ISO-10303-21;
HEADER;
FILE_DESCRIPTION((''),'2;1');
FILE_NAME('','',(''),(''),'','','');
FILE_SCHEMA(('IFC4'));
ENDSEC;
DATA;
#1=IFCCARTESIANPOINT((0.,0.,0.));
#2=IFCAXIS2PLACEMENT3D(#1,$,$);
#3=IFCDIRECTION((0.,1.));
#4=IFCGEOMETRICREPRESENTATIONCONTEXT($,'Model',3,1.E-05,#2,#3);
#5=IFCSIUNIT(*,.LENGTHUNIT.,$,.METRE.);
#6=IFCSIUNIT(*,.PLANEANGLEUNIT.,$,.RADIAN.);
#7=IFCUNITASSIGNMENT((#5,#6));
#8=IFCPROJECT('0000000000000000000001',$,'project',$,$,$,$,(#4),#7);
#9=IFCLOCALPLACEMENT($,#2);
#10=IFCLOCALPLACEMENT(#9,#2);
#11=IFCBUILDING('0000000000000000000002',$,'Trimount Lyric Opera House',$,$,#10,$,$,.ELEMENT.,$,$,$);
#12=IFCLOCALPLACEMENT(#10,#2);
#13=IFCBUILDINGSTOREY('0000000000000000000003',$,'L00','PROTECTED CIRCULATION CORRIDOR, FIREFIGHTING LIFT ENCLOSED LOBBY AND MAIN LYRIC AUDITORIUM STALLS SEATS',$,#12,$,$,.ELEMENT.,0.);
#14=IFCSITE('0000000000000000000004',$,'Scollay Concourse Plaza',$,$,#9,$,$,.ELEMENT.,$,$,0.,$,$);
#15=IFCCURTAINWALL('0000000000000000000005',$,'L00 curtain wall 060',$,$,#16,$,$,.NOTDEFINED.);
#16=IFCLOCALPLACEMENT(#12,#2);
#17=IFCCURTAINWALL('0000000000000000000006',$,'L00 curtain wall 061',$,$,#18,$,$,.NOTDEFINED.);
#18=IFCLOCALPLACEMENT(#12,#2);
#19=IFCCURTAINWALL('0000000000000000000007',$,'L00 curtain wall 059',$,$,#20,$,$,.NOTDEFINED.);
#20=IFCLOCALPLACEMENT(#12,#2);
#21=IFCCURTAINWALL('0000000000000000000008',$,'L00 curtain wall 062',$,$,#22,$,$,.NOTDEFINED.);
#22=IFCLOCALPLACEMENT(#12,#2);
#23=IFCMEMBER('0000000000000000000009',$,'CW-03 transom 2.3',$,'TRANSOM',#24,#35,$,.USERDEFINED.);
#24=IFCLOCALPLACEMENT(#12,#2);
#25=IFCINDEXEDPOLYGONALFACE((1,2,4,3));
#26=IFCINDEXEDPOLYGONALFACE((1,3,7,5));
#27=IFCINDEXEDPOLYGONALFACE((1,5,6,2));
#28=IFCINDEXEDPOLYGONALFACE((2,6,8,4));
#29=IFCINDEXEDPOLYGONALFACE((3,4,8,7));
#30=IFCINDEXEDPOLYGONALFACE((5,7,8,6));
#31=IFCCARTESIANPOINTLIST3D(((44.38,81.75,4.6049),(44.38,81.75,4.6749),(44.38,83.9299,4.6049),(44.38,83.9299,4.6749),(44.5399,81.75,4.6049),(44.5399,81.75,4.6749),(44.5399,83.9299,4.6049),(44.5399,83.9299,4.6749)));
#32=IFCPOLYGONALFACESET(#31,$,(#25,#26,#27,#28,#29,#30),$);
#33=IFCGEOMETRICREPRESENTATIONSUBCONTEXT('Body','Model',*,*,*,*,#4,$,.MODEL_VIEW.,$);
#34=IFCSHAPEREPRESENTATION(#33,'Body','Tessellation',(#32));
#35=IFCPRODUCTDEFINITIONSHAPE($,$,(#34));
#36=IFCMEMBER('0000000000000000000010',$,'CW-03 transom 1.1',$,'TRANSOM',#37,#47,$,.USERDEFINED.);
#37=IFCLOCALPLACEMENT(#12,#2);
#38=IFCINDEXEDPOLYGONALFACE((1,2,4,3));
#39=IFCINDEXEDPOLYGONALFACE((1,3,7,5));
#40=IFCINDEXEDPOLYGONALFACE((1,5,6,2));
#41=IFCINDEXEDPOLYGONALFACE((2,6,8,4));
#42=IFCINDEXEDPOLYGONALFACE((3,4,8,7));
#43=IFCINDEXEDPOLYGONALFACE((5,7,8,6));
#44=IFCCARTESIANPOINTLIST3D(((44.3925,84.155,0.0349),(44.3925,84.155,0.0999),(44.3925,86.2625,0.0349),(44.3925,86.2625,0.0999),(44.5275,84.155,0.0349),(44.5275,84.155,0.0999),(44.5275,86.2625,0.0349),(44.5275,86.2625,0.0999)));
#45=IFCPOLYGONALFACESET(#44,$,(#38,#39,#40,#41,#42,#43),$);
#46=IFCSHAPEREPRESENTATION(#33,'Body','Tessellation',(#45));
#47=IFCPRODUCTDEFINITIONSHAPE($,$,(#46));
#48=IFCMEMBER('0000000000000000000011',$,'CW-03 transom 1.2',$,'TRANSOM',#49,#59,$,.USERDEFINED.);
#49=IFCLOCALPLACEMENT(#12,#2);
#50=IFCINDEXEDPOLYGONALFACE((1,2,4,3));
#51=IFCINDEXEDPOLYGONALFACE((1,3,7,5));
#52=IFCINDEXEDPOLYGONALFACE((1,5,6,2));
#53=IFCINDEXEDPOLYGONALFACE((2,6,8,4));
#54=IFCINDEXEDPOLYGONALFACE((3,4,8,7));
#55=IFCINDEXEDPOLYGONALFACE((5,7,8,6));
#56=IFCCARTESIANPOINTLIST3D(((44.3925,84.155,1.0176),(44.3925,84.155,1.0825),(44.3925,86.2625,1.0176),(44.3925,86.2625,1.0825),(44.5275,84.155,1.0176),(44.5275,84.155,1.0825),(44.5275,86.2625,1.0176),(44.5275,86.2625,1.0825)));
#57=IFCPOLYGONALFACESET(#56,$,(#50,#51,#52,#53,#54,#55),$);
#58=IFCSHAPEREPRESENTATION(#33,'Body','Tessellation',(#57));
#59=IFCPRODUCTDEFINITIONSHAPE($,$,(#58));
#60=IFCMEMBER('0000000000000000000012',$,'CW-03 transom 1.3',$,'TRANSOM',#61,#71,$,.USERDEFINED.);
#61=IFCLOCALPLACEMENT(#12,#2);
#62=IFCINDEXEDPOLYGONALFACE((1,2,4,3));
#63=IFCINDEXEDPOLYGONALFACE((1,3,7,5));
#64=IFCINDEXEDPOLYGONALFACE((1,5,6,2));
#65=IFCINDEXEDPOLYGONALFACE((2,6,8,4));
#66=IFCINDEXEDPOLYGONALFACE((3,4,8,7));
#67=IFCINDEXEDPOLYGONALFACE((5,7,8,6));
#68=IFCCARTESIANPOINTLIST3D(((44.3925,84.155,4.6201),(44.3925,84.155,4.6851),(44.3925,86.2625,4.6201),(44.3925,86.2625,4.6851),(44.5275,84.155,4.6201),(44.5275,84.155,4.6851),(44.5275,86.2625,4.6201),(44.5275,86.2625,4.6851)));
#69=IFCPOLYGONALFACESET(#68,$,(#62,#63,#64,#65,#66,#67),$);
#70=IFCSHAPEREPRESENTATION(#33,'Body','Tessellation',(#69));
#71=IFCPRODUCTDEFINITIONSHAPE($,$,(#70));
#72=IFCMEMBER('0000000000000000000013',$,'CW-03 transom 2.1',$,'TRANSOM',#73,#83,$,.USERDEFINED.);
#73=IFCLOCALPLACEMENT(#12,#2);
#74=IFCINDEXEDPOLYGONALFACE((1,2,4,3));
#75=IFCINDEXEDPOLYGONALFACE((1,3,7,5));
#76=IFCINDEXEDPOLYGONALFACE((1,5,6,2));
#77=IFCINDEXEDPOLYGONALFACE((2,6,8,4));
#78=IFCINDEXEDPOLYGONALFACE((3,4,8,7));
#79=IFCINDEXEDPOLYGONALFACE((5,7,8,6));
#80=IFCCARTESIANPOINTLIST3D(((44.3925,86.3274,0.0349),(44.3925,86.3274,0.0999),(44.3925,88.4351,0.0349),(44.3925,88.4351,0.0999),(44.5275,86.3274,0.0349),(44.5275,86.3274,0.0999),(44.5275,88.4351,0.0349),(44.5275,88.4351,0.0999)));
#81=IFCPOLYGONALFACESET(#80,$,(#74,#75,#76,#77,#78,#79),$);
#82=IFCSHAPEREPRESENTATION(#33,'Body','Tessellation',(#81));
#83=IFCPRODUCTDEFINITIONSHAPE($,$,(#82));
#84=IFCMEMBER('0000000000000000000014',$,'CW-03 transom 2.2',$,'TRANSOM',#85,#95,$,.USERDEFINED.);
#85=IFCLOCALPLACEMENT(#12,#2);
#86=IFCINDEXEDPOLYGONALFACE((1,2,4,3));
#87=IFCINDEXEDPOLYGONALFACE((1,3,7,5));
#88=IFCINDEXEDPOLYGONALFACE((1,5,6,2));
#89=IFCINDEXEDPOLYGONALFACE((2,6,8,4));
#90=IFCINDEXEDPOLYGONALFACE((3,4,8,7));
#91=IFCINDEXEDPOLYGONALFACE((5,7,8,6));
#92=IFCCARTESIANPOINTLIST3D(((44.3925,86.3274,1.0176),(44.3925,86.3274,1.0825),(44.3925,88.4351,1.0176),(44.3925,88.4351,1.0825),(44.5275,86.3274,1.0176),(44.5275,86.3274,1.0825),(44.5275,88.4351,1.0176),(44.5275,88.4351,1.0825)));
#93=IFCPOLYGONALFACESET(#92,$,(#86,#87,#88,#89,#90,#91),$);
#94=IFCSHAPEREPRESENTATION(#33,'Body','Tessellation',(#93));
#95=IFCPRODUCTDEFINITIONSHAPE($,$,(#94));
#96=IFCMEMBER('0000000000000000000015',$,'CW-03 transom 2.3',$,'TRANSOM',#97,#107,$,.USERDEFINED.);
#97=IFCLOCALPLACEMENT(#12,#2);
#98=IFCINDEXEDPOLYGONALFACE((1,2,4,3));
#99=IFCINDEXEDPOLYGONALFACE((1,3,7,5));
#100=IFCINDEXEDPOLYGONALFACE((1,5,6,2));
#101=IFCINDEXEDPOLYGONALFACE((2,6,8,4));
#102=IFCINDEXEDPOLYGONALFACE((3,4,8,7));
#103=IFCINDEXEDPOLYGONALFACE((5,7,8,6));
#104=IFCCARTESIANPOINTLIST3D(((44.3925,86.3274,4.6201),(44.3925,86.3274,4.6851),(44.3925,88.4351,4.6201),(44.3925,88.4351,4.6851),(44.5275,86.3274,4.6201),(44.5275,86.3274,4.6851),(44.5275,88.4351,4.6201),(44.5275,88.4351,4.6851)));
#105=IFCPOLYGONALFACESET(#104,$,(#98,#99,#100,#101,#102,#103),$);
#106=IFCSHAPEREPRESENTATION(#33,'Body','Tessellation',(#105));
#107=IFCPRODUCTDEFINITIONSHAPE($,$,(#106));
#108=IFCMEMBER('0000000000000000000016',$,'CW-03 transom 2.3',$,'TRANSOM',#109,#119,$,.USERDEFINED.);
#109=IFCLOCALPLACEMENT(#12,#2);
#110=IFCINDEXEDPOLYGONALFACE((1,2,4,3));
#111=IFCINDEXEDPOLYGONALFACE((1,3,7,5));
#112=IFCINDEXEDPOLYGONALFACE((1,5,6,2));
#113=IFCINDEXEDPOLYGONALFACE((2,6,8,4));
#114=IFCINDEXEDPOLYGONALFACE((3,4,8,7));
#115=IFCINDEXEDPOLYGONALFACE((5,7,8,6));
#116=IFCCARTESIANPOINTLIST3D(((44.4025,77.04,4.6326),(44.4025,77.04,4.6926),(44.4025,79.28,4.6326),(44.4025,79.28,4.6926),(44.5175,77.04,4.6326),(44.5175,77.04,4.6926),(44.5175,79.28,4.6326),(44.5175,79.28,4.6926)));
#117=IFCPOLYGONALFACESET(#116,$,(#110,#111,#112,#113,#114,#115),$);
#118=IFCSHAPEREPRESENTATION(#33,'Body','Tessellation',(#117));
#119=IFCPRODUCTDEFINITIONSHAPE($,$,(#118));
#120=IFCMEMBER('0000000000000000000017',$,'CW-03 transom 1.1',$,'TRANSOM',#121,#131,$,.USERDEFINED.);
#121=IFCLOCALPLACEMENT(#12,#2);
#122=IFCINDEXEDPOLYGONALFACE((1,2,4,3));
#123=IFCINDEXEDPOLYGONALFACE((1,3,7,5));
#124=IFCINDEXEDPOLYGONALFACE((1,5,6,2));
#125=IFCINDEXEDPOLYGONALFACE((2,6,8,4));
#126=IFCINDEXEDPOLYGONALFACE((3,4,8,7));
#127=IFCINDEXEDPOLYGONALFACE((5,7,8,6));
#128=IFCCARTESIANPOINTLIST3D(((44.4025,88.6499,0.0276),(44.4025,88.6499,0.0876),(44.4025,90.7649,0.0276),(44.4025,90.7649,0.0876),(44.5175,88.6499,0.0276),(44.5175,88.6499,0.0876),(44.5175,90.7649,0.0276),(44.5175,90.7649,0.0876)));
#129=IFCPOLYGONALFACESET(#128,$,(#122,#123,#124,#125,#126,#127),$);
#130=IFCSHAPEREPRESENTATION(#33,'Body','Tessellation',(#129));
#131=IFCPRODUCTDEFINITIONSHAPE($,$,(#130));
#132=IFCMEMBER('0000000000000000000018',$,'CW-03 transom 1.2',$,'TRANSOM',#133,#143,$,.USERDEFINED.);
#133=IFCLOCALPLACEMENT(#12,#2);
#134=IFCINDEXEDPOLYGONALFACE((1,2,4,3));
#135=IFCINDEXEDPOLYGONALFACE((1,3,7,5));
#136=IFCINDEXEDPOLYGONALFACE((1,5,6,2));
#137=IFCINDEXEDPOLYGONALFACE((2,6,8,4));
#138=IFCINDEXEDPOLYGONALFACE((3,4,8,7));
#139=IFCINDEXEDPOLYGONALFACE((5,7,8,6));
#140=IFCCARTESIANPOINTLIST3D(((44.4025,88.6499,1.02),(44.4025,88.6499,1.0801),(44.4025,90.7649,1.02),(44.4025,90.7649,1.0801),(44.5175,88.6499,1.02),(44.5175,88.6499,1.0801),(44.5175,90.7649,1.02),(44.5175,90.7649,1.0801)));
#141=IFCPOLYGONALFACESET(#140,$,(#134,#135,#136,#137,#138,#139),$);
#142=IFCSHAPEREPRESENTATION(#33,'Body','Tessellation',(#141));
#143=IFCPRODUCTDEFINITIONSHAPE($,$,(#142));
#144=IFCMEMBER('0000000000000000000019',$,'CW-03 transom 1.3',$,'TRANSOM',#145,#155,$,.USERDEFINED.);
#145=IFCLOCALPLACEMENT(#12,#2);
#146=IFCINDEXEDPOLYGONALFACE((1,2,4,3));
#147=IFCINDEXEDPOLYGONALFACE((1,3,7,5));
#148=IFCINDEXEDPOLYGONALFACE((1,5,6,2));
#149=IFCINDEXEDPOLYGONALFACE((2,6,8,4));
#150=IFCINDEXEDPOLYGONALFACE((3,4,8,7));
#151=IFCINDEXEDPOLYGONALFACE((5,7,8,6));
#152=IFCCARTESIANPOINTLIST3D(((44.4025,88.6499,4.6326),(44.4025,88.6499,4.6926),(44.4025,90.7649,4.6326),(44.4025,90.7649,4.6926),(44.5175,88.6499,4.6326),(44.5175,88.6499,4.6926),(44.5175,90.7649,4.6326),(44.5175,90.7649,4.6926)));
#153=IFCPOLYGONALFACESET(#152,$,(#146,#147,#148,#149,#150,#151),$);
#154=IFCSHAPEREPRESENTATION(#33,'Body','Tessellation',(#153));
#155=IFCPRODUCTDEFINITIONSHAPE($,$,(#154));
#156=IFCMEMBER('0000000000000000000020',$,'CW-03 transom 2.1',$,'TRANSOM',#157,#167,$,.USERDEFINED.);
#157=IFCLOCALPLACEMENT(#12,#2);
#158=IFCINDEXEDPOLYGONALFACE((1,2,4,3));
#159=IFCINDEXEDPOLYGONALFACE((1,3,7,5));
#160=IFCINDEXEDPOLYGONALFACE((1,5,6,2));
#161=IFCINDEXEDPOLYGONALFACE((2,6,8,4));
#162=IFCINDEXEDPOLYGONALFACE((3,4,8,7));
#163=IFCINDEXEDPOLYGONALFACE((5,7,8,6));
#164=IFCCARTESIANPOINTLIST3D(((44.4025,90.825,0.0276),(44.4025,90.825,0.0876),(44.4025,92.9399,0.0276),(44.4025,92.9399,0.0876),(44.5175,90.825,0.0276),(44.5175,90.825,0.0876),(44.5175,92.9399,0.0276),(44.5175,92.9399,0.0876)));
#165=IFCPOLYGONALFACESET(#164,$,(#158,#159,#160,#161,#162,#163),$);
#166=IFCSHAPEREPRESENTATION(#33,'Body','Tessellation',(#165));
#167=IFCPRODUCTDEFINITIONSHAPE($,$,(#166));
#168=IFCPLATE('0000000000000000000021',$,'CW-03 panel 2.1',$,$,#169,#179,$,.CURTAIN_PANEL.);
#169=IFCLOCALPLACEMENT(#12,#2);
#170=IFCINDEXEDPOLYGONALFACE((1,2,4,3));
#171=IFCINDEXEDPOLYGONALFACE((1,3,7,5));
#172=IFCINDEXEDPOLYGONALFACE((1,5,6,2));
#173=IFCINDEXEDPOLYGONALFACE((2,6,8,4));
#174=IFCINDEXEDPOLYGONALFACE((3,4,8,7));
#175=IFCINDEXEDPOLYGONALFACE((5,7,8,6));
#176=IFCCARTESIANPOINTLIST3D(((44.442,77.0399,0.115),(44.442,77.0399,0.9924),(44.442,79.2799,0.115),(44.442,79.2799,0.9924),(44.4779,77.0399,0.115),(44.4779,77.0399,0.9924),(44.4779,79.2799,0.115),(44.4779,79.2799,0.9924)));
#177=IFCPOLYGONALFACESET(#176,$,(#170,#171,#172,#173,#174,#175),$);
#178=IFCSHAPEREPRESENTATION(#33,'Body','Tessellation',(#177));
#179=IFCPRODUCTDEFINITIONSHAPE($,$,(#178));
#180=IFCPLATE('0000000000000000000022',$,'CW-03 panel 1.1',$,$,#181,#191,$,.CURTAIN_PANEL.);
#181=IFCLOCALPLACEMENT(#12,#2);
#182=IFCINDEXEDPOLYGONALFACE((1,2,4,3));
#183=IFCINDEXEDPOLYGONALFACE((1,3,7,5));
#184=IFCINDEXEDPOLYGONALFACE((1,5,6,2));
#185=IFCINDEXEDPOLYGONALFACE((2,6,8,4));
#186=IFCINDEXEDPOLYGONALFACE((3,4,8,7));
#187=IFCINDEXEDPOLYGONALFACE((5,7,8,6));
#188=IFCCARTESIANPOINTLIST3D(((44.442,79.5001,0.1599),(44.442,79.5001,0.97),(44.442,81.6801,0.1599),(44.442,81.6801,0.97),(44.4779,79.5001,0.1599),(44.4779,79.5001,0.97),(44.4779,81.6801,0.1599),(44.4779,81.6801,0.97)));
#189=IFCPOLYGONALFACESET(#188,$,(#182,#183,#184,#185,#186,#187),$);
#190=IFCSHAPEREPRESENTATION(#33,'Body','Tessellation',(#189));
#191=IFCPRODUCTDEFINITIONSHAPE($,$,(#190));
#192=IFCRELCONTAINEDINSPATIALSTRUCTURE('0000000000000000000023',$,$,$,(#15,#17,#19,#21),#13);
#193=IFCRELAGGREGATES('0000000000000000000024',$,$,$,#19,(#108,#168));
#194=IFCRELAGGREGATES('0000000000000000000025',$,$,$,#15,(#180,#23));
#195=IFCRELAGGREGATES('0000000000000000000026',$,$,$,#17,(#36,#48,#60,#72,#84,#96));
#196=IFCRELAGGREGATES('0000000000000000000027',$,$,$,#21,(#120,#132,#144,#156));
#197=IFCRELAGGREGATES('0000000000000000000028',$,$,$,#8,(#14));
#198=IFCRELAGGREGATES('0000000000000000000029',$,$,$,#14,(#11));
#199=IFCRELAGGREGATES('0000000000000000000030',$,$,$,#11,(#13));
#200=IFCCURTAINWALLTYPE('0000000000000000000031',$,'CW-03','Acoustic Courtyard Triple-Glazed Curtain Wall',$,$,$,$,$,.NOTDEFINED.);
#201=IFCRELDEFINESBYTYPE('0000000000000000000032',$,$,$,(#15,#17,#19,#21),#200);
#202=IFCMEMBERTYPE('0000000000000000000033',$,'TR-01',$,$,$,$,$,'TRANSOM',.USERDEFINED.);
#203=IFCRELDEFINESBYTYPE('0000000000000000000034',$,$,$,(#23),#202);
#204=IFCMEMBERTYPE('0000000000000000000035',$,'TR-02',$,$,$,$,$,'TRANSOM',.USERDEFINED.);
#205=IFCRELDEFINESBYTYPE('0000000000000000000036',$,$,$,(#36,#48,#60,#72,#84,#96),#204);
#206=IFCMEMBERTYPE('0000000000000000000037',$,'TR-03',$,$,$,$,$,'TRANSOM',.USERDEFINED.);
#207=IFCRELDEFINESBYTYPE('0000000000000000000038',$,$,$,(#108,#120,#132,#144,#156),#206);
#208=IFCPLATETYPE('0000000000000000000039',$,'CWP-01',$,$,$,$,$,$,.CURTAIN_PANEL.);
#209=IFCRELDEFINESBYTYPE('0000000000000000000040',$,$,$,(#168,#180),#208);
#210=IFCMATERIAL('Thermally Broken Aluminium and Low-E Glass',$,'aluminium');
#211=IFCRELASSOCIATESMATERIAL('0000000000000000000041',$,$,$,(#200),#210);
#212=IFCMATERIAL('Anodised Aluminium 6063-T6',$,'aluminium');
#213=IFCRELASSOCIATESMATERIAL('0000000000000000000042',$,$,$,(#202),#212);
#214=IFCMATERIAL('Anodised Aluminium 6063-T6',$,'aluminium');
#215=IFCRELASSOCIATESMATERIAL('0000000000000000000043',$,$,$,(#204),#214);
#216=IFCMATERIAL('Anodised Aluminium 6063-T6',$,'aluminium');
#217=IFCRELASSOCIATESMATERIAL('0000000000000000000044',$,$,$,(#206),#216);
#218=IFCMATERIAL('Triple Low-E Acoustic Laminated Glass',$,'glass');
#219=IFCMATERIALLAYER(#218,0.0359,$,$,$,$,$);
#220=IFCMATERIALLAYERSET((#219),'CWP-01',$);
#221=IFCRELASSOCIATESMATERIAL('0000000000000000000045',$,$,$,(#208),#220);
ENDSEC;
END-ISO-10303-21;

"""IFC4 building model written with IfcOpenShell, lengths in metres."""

from ifc_helpers import new_model, si_unit, direction, frame, origin, origin_2d, place, context, subcontext, project, spatial, rectangle, extrude, material, layer, layer_set, material_profile, profile_set, type_object, element, aggregate, save


model = new_model("IFC4")

# Units and contexts
model_context = context("Model", 3, precision=1e-05, world=origin(), true_north=direction((0.0, 1.0)))
body_context = subcontext(model_context, "Body", "Model", "MODEL_VIEW")
ifc_project = project(units=[si_unit("LENGTHUNIT", "METRE"), si_unit("PLANEANGLEUNIT", "RADIAN")], contexts=[model_context])

# Site, building, storey
site_placement = place(None, origin())
site = spatial("IfcSite", under=ifc_project, at=site_placement, Name="Scollay Concourse Plaza", CompositionType="ELEMENT", RefElevation=0.0)
building_placement = place(site_placement, origin())
building = spatial("IfcBuilding", under=site, at=building_placement, Name="Trimount Lyric Opera House", CompositionType="ELEMENT")
storey_placement = place(building_placement, origin())
storey = spatial("IfcBuildingStorey", under=building, at=storey_placement, Name="L00", Description="PROTECTED CIRCULATION CORRIDOR, FIREFIGHTING LIFT ENCLOSED LOBBY AND MAIN LYRIC AUDITORIUM STALLS SEATS", CompositionType="ELEMENT", Elevation=0.0)

# Curtain walls
ifc_material_1 = material(Name="Thermally Broken Aluminium and Low-E Glass", Category="aluminium")
curtain_wall_type = type_object("IfcCurtainWallType", Name="CW-03", Description="Acoustic Courtyard Triple-Glazed Curtain Wall", PredefinedType="NOTDEFINED", material=ifc_material_1)
curtain_wall_1_placement = place(storey_placement, origin())
curtain_wall_1 = element("IfcCurtainWall", 1, at=curtain_wall_1_placement, inside=storey, type_object=curtain_wall_type, Name="L00 curtain wall 060", PredefinedType="NOTDEFINED")
curtain_wall_2_placement = place(storey_placement, origin())
curtain_wall_2 = element("IfcCurtainWall", 2, at=curtain_wall_2_placement, inside=storey, type_object=curtain_wall_type, Name="L00 curtain wall 061", PredefinedType="NOTDEFINED")

# Curtain wall
curtain_wall_3_placement = place(storey_placement, origin())
curtain_wall_3 = element("IfcCurtainWall", 3, at=curtain_wall_3_placement, inside=storey, type_object=curtain_wall_type, Name="L00 curtain wall 059", PredefinedType="NOTDEFINED")

# Curtain wall
curtain_wall_4_placement = place(storey_placement, origin())
curtain_wall_4 = element("IfcCurtainWall", 4, at=curtain_wall_4_placement, inside=storey, type_object=curtain_wall_type, Name="L00 curtain wall 062", PredefinedType="NOTDEFINED")

# Members
ifc_material_2 = material(Name="Anodised Aluminium 6063-T6", Category="aluminium")
ifc_material_profile_1 = material_profile(ifc_material_2, rectangle(XDim=0.1599, YDim=0.0701, at=origin_2d()), Name="ALU-TRAN-70X160")
ifc_profile_set_1 = profile_set([ifc_material_profile_1], Name="Anodised Aluminium 6063-T6")
member_type_1 = type_object("IfcMemberType", Name="TR-01", ElementType="TRANSOM", PredefinedType="USERDEFINED", material=ifc_profile_set_1)
member_1_placement = place(storey_placement, frame((44.46, 81.75, 4.6399), z_axis=(0.0, 1.0, 0.0), x_axis=(-1.0, 0.0, 0.0)))
member_1 = element("IfcMember", 5, at=member_1_placement, type_object=member_type_1, Name="CW-03 transom 2.3", ObjectType="TRANSOM", PredefinedType="USERDEFINED", context=body_context, shape_type="SweptSolid", body=[
    extrude(rectangle(XDim=0.1599, YDim=0.0701, at=origin_2d()), origin(), (0.0, 0.0, 1.0), 2.1799),
])
ifc_material_3 = material(Name="Anodised Aluminium 6063-T6", Category="aluminium")
ifc_material_profile_2 = material_profile(ifc_material_3, rectangle(XDim=0.135, YDim=0.0649, at=origin_2d()), Name="ALU-TRAN-65X135")
ifc_profile_set_2 = profile_set([ifc_material_profile_2], Name="Anodised Aluminium 6063-T6")
member_type_2 = type_object("IfcMemberType", Name="TR-02", ElementType="TRANSOM", PredefinedType="USERDEFINED", material=ifc_profile_set_2)
member_2_placement = place(storey_placement, frame((44.46, 84.155, 0.0674), z_axis=(0.0, 1.0, 0.0), x_axis=(-1.0, 0.0, 0.0)))
member_2 = element("IfcMember", 6, at=member_2_placement, type_object=member_type_2, Name="CW-03 transom 1.1", ObjectType="TRANSOM", PredefinedType="USERDEFINED", context=body_context, shape_type="SweptSolid", body=[
    extrude(rectangle(XDim=0.135, YDim=0.0649, at=origin_2d()), origin(), (0.0, 0.0, 1.0), 2.1074),
])
member_3_placement = place(storey_placement, frame((44.46, 84.155, 1.05), z_axis=(0.0, 1.0, 0.0), x_axis=(-1.0, 0.0, 0.0)))
member_3 = element("IfcMember", 7, at=member_3_placement, type_object=member_type_2, Name="CW-03 transom 1.2", ObjectType="TRANSOM", PredefinedType="USERDEFINED", context=body_context, shape_type="SweptSolid", body=[
    extrude(rectangle(XDim=0.135, YDim=0.0649, at=origin_2d()), origin(), (0.0, 0.0, 1.0), 2.1074),
])
member_4_placement = place(storey_placement, frame((44.46, 84.155, 4.6526), z_axis=(0.0, 1.0, 0.0), x_axis=(-1.0, 0.0, 0.0)))
member_4 = element("IfcMember", 8, at=member_4_placement, type_object=member_type_2, Name="CW-03 transom 1.3", ObjectType="TRANSOM", PredefinedType="USERDEFINED", context=body_context, shape_type="SweptSolid", body=[
    extrude(rectangle(XDim=0.135, YDim=0.0649, at=origin_2d()), origin(), (0.0, 0.0, 1.0), 2.1074),
])
member_5_placement = place(storey_placement, frame((44.46, 86.3274, 0.0674), z_axis=(0.0, 1.0, 0.0), x_axis=(-1.0, 0.0, 0.0)))
member_5 = element("IfcMember", 9, at=member_5_placement, type_object=member_type_2, Name="CW-03 transom 2.1", ObjectType="TRANSOM", PredefinedType="USERDEFINED", context=body_context, shape_type="SweptSolid", body=[
    extrude(rectangle(XDim=0.135, YDim=0.0649, at=origin_2d()), origin(), (0.0, 0.0, 1.0), 2.1077),
])
member_6_placement = place(storey_placement, frame((44.46, 86.3274, 1.05), z_axis=(0.0, 1.0, 0.0), x_axis=(-1.0, 0.0, 0.0)))
member_6 = element("IfcMember", 10, at=member_6_placement, type_object=member_type_2, Name="CW-03 transom 2.2", ObjectType="TRANSOM", PredefinedType="USERDEFINED", context=body_context, shape_type="SweptSolid", body=[
    extrude(rectangle(XDim=0.135, YDim=0.0649, at=origin_2d()), origin(), (0.0, 0.0, 1.0), 2.1077),
])
member_7_placement = place(storey_placement, frame((44.46, 86.3274, 4.6526), z_axis=(0.0, 1.0, 0.0), x_axis=(-1.0, 0.0, 0.0)))
member_7 = element("IfcMember", 11, at=member_7_placement, type_object=member_type_2, Name="CW-03 transom 2.3", ObjectType="TRANSOM", PredefinedType="USERDEFINED", context=body_context, shape_type="SweptSolid", body=[
    extrude(rectangle(XDim=0.135, YDim=0.0649, at=origin_2d()), origin(), (0.0, 0.0, 1.0), 2.1077),
])
ifc_material_4 = material(Name="Anodised Aluminium 6063-T6", Category="aluminium")
ifc_material_profile_3 = material_profile(ifc_material_4, rectangle(XDim=0.115, YDim=0.0601, at=origin_2d()), Name="ALU-TRAN-60X115")
ifc_profile_set_3 = profile_set([ifc_material_profile_3], Name="Anodised Aluminium 6063-T6")
member_type_3 = type_object("IfcMemberType", Name="TR-03", ElementType="TRANSOM", PredefinedType="USERDEFINED", material=ifc_profile_set_3)
member_8_placement = place(storey_placement, frame((44.46, 77.04, 4.6626), z_axis=(0.0, 1.0, 0.0), x_axis=(-1.0, 0.0, 0.0)))
member_8 = element("IfcMember", 12, at=member_8_placement, type_object=member_type_3, Name="CW-03 transom 2.3", ObjectType="TRANSOM", PredefinedType="USERDEFINED", context=body_context, shape_type="SweptSolid", body=[
    extrude(rectangle(XDim=0.115, YDim=0.0601, at=origin_2d()), origin(), (0.0, 0.0, 1.0), 2.24),
])
member_9_placement = place(storey_placement, frame((44.46, 88.6499, 0.0576), z_axis=(0.0, 1.0, 0.0), x_axis=(-1.0, 0.0, 0.0)))
member_9 = element("IfcMember", 13, at=member_9_placement, type_object=member_type_3, Name="CW-03 transom 1.1", ObjectType="TRANSOM", PredefinedType="USERDEFINED", context=body_context, shape_type="SweptSolid", body=[
    extrude(rectangle(XDim=0.115, YDim=0.0601, at=origin_2d()), origin(), (0.0, 0.0, 1.0), 2.115),
])
member_10_placement = place(storey_placement, frame((44.46, 88.6499, 1.05), z_axis=(0.0, 1.0, 0.0), x_axis=(-1.0, 0.0, 0.0)))
member_10 = element("IfcMember", 14, at=member_10_placement, type_object=member_type_3, Name="CW-03 transom 1.2", ObjectType="TRANSOM", PredefinedType="USERDEFINED", context=body_context, shape_type="SweptSolid", body=[
    extrude(rectangle(XDim=0.115, YDim=0.0601, at=origin_2d()), origin(), (0.0, 0.0, 1.0), 2.115),
])
member_11_placement = place(storey_placement, frame((44.46, 88.6499, 4.6626), z_axis=(0.0, 1.0, 0.0), x_axis=(-1.0, 0.0, 0.0)))
member_11 = element("IfcMember", 15, at=member_11_placement, type_object=member_type_3, Name="CW-03 transom 1.3", ObjectType="TRANSOM", PredefinedType="USERDEFINED", context=body_context, shape_type="SweptSolid", body=[
    extrude(rectangle(XDim=0.115, YDim=0.0601, at=origin_2d()), origin(), (0.0, 0.0, 1.0), 2.115),
])
member_12_placement = place(storey_placement, frame((44.46, 90.825, 0.0576), z_axis=(0.0, 1.0, 0.0), x_axis=(-1.0, 0.0, 0.0)))
member_12 = element("IfcMember", 16, at=member_12_placement, type_object=member_type_3, Name="CW-03 transom 2.1", ObjectType="TRANSOM", PredefinedType="USERDEFINED", context=body_context, shape_type="SweptSolid", body=[
    extrude(rectangle(XDim=0.115, YDim=0.0601, at=origin_2d()), origin(), (0.0, 0.0, 1.0), 2.115),
])

# Plates
ifc_material_5 = material(Name="Triple Low-E Acoustic Laminated Glass", Category="glass")
ifc_layer_1 = layer(ifc_material_5, 0.0359)
ifc_layer_set_1 = layer_set([ifc_layer_1], Name="CWP-01")
plate_type_1 = type_object("IfcPlateType", Name="CWP-01", PredefinedType="CURTAIN_PANEL", material=ifc_layer_set_1)
plate_1_placement = place(storey_placement, frame((44.46, 78.1599, 0.115), z_axis=(0.0, 0.0, 1.0), x_axis=(0.0, 1.0, 0.0)))
plate_1 = element("IfcPlate", 17, at=plate_1_placement, type_object=plate_type_1, Name="CW-03 panel 2.1", PredefinedType="CURTAIN_PANEL", context=body_context, shape_type="SweptSolid", body=[
    extrude(rectangle(XDim=2.24, YDim=0.0359, at=origin_2d()), origin(), (0.0, 0.0, 1.0), 0.8774),
])
plate_2_placement = place(storey_placement, frame((44.46, 80.5901, 0.1599), z_axis=(0.0, 0.0, 1.0), x_axis=(0.0, 1.0, 0.0)))
plate_2 = element("IfcPlate", 18, at=plate_2_placement, type_object=plate_type_1, Name="CW-03 panel 1.1", PredefinedType="CURTAIN_PANEL", context=body_context, shape_type="SweptSolid", body=[
    extrude(rectangle(XDim=2.1799, YDim=0.0359, at=origin_2d()), origin(), (0.0, 0.0, 1.0), 0.8101),
])
aggregate(curtain_wall_3, [member_8, plate_1])
aggregate(curtain_wall_1, [plate_2, member_1])
aggregate(curtain_wall_2, [member_2, member_3, member_4, member_5, member_6, member_7])
aggregate(curtain_wall_4, [member_9, member_10, member_11, member_12])

save(model, "model.ifc")
